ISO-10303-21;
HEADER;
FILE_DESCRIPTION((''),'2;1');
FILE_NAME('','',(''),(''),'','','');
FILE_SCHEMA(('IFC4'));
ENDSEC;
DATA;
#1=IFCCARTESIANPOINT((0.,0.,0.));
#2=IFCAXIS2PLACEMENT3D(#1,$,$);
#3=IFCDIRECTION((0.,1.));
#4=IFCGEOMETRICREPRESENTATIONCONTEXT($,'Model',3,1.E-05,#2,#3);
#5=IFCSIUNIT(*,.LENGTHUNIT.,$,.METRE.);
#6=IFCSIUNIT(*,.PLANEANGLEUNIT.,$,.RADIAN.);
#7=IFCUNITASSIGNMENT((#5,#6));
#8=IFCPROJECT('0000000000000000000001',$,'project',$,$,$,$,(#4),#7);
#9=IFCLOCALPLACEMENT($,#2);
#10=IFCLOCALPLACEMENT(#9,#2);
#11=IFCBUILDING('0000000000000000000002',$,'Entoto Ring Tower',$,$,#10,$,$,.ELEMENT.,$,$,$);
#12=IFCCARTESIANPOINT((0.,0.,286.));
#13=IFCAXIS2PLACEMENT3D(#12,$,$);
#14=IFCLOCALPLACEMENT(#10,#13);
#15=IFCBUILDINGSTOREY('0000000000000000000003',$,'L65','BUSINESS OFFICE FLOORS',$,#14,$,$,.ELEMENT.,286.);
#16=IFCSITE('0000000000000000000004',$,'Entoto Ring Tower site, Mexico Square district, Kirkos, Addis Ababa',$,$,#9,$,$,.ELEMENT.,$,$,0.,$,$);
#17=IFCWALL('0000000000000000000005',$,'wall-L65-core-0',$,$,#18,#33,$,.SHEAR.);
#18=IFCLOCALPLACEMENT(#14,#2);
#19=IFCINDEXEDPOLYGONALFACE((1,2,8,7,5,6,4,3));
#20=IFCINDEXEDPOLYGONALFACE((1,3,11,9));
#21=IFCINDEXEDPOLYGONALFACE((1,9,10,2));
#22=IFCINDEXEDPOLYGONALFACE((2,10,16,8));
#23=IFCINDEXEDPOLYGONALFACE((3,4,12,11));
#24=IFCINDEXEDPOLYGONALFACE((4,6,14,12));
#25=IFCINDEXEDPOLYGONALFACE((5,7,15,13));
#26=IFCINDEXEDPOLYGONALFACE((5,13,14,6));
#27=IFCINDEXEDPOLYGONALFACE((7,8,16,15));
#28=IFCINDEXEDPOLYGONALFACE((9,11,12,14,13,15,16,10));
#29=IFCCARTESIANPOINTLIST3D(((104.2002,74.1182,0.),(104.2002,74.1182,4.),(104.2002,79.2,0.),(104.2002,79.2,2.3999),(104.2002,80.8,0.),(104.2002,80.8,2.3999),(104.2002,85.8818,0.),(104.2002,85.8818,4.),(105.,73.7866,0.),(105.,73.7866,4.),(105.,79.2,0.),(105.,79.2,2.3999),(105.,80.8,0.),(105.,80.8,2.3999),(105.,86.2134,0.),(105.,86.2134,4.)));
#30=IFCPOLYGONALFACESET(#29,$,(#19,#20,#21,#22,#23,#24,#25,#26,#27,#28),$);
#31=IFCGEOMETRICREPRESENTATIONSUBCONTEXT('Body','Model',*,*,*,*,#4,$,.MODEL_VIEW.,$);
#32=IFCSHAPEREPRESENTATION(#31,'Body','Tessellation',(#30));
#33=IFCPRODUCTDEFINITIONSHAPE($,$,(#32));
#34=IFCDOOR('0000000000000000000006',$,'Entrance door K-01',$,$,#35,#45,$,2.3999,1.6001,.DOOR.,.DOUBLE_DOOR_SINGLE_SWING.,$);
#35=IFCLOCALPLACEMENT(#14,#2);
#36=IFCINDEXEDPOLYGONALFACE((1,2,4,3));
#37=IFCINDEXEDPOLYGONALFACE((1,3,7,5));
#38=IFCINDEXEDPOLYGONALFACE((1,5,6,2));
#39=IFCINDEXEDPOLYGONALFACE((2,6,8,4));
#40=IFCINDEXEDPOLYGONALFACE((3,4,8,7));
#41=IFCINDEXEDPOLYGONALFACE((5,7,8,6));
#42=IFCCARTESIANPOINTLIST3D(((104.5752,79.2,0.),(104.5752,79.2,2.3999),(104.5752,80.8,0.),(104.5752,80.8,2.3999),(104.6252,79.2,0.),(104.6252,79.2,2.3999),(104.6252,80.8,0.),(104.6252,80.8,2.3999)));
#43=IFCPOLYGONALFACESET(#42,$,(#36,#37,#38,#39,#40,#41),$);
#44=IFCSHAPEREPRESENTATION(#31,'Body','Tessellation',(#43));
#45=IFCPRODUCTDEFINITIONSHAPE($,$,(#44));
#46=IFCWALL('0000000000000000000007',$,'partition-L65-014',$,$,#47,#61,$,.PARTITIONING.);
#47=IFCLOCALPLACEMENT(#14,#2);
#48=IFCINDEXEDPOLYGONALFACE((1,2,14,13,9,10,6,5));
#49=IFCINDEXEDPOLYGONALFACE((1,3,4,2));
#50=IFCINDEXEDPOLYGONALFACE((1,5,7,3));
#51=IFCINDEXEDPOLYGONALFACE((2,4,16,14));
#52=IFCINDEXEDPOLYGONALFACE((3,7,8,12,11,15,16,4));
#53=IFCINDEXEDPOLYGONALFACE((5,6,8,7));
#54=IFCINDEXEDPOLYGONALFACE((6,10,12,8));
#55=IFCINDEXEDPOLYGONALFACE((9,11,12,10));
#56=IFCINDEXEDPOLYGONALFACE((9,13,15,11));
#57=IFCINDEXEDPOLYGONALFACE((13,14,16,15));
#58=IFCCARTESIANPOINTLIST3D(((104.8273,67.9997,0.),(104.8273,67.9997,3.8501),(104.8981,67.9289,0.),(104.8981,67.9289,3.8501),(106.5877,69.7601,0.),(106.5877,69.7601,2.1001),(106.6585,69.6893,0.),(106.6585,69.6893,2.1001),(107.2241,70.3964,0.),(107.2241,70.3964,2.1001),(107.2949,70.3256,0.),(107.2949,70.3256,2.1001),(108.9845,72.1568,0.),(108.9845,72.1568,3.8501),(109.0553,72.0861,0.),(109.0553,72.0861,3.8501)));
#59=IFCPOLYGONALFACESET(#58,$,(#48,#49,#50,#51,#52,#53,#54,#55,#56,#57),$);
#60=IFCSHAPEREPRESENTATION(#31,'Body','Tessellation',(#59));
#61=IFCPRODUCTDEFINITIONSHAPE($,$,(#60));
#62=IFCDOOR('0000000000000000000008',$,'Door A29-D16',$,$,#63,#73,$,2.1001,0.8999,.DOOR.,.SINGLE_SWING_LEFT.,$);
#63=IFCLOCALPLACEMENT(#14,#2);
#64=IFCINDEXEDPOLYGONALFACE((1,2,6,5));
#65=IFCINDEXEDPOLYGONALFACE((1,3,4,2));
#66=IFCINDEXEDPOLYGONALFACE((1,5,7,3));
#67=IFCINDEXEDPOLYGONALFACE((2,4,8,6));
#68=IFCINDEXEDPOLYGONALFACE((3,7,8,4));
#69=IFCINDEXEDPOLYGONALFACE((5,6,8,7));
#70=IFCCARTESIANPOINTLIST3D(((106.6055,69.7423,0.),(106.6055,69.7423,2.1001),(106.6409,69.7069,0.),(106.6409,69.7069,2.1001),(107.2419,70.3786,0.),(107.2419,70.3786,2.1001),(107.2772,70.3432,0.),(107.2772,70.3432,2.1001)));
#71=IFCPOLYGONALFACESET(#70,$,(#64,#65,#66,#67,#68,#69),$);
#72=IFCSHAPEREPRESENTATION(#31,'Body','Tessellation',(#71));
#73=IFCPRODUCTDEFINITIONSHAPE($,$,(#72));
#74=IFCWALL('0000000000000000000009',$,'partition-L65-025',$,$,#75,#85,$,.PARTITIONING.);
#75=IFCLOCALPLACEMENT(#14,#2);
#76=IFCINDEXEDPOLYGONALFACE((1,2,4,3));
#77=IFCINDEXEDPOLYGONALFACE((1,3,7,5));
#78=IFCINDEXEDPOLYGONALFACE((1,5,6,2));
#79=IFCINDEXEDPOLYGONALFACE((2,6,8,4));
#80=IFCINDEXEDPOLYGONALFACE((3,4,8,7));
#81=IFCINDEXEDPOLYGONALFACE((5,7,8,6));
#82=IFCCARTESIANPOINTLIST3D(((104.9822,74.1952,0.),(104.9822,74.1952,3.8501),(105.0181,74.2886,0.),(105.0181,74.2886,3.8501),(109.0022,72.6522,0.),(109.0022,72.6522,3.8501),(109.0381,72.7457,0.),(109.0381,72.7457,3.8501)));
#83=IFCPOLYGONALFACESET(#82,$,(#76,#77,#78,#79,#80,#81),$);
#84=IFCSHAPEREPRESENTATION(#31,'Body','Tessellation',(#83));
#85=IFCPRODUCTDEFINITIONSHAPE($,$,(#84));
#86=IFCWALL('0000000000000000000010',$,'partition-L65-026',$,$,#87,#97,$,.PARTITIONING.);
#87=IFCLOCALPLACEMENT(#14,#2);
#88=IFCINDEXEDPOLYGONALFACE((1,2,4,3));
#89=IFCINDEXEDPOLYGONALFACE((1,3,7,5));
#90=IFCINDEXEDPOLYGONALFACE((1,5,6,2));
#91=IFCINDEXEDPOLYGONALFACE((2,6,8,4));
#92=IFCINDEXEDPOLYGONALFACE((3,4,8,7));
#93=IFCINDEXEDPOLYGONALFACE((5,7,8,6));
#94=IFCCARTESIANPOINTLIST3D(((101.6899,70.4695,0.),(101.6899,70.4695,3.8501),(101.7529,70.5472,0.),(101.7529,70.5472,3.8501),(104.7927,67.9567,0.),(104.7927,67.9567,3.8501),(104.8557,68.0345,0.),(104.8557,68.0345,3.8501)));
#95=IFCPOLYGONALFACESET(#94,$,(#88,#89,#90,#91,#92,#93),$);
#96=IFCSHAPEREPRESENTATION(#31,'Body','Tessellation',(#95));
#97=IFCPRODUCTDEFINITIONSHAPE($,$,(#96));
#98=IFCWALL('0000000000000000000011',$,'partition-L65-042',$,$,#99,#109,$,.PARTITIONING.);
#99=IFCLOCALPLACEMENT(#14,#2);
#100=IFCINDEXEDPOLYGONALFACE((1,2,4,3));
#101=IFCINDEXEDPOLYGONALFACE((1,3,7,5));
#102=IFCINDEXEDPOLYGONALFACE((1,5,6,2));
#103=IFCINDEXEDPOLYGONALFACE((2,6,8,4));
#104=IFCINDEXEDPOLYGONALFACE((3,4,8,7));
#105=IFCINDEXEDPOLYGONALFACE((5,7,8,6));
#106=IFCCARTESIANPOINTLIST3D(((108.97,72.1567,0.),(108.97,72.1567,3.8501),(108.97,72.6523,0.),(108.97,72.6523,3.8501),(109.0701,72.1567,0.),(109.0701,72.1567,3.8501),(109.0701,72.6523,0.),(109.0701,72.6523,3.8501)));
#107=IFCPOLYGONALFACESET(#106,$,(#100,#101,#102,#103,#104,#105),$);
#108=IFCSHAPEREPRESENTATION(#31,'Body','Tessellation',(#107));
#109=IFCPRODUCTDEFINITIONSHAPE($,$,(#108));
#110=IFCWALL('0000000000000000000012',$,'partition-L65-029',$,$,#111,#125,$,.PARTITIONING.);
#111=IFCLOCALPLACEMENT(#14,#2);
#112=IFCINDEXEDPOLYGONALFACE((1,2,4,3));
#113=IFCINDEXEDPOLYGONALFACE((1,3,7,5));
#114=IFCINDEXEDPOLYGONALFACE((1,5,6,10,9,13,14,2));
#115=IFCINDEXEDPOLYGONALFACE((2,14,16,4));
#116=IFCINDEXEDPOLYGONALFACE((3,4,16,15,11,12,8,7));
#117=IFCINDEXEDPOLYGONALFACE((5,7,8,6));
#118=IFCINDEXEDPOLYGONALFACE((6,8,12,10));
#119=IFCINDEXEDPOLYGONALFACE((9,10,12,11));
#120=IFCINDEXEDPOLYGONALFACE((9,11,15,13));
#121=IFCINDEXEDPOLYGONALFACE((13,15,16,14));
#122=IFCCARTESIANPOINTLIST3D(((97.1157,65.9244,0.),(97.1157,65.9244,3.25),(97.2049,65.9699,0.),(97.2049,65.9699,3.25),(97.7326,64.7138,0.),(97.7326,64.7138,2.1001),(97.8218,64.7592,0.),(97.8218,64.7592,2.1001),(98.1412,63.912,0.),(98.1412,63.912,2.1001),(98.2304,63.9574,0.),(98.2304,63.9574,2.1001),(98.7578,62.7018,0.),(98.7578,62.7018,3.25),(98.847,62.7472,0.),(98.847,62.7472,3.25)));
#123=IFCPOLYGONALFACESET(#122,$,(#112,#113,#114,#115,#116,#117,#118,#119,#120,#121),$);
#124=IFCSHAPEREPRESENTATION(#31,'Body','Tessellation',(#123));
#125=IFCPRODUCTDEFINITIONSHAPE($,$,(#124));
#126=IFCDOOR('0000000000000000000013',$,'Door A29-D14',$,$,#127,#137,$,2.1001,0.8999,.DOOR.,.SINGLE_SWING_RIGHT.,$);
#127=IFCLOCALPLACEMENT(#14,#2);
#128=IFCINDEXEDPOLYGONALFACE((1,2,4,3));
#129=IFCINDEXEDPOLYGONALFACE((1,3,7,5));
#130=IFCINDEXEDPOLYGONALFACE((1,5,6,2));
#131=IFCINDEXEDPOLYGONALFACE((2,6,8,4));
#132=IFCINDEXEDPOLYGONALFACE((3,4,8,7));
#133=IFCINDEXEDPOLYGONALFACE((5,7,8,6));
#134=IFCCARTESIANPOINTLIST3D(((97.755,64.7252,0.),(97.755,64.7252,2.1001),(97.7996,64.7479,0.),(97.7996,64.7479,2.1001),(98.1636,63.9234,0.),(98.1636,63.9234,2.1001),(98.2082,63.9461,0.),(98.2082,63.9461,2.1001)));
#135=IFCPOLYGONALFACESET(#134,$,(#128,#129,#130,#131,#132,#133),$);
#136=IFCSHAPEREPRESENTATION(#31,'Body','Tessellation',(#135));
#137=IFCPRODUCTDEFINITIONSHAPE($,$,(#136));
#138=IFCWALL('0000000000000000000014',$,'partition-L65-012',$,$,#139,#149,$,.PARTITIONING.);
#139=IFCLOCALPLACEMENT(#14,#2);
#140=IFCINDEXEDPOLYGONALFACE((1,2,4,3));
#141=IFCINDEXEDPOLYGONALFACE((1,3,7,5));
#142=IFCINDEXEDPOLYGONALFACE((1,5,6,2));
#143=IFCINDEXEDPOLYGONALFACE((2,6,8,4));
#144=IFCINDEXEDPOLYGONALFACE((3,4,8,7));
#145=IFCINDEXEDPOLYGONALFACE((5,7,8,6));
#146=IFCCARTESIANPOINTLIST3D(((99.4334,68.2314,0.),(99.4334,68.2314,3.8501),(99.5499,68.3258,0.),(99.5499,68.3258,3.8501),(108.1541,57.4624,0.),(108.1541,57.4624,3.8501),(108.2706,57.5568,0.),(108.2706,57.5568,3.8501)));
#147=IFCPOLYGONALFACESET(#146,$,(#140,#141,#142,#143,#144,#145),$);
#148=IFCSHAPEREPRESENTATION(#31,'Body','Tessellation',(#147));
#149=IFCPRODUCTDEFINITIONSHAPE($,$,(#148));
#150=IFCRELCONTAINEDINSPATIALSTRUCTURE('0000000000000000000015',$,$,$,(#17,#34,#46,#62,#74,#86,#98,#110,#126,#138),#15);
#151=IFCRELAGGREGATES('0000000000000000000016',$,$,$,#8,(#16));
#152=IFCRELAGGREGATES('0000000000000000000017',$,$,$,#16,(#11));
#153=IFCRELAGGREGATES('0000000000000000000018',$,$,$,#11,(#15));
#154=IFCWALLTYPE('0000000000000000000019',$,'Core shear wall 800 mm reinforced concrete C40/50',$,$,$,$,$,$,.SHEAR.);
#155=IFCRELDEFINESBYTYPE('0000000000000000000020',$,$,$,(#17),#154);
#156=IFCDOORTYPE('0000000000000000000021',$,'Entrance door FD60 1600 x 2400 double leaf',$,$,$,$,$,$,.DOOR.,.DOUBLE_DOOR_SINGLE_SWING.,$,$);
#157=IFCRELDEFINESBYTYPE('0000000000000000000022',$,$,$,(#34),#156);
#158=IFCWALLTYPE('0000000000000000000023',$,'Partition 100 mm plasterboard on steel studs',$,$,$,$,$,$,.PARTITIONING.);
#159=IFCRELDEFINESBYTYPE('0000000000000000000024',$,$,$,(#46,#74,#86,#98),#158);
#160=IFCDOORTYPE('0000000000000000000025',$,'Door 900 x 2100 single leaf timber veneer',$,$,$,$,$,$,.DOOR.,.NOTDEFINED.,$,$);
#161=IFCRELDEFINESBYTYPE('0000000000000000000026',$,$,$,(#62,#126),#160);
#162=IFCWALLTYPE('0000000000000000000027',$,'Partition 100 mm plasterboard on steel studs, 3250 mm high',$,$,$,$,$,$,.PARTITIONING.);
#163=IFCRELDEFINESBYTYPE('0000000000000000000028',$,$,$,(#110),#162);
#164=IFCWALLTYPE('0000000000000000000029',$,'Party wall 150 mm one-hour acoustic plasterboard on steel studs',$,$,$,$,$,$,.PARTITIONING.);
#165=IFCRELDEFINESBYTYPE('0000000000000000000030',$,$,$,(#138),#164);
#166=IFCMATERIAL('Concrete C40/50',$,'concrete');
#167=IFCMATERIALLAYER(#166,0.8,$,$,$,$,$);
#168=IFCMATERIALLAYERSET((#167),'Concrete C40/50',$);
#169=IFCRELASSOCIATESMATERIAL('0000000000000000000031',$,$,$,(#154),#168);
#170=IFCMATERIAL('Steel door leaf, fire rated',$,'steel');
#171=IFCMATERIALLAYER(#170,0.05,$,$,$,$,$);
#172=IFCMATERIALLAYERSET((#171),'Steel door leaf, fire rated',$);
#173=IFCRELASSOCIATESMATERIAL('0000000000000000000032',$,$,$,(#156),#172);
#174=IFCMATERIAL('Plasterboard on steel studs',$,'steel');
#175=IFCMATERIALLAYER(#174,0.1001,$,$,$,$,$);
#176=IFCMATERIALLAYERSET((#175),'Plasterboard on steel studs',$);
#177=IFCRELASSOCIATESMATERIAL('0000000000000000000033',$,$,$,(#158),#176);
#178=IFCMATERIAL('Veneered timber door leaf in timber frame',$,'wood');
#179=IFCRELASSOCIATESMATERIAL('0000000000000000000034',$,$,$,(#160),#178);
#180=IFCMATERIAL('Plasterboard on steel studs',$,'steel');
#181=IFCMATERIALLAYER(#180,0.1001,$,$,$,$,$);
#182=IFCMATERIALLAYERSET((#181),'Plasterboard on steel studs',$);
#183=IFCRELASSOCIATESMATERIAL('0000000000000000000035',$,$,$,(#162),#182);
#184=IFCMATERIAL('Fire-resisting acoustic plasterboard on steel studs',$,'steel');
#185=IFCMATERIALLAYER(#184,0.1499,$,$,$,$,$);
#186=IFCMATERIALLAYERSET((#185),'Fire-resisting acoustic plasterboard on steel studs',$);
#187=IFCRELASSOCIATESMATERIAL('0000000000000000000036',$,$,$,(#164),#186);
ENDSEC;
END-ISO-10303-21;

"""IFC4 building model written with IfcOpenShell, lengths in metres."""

from ifc_helpers import new_model, si_unit, direction, frame, frame_2d, origin, place, context, subcontext, project, spatial, polyline, rectangle, outline, extrude, material, layer, layer_set, type_object, element, fill, save


model = new_model("IFC4")

# Units and contexts
model_context = context("Model", 3, precision=1e-05, world=origin(), true_north=direction((0.0, 1.0)))
body_context = subcontext(model_context, "Body", "Model", "MODEL_VIEW")
ifc_project = project(units=[si_unit("LENGTHUNIT", "METRE"), si_unit("PLANEANGLEUNIT", "RADIAN")], contexts=[model_context])

# Site, building, storey
site_placement = place(None, origin())
site = spatial("IfcSite", under=ifc_project, at=site_placement, Name="Entoto Ring Tower site, Mexico Square district, Kirkos, Addis Ababa", CompositionType="ELEMENT", RefElevation=0.0)
building_placement = place(site_placement, origin())
building = spatial("IfcBuilding", under=site, at=building_placement, Name="Entoto Ring Tower", CompositionType="ELEMENT")
storey_placement = place(building_placement, frame((0.0, 0.0, 286.0)))
storey = spatial("IfcBuildingStorey", under=building, at=storey_placement, Name="L65", Description="BUSINESS OFFICE FLOORS", CompositionType="ELEMENT", Elevation=286.0)

# Walls, openings, doors
ifc_material_1 = material(Name="Concrete C40/50", Category="concrete")
ifc_layer_1 = layer(ifc_material_1, 0.8)
ifc_layer_set_1 = layer_set([ifc_layer_1], Name="Concrete C40/50")
wall_type_1 = type_object("IfcWallType", Name="Core shear wall 800 mm reinforced concrete C40/50", PredefinedType="SHEAR", material=ifc_layer_set_1)
wall_1_placement = place(storey_placement, frame((104.6001, 73.9524, 0.0), z_axis=(0.0, 0.0, 1.0), x_axis=(0.0, 1.0, 0.0)))
wall_1 = element("IfcWall", 1, at=wall_1_placement, inside=storey, type_object=wall_type_1, Name="wall-L65-core-0", PredefinedType="SHEAR", context=body_context, shape_type="SweptSolid", body=[
    extrude(outline(polyline([(-0.1658, -0.3999), (12.261, -0.3999), (11.9294, 0.3999), (0.1658, 0.3999), (-0.1658, -0.3999)])), origin(), (0.0, 0.0, 1.0), 4.0),
])
opening_1_placement = place(wall_1_placement, frame((5.2476, 0.0, 0.0)))
opening_1 = element("IfcOpeningElement", 2, at=opening_1_placement, cuts=wall_1, PredefinedType="OPENING", context=body_context, shape_type="SweptSolid", body=[
    extrude(rectangle(XDim=1.6001, YDim=2.3999, at=frame_2d((0.8, 1.2))), frame((0.0, 0.4102, 0.0), z_axis=(0.0, -1.0, 0.0), x_axis=(1.0, 0.0, 0.0)), (0.0, 0.0, 1.0), 0.8201),
])
ifc_material_2 = material(Name="Steel door leaf, fire rated", Category="steel")
ifc_layer_2 = layer(ifc_material_2, 0.05)
ifc_layer_set_2 = layer_set([ifc_layer_2], Name="Steel door leaf, fire rated")
door_type_1 = type_object("IfcDoorType", Name="Entrance door FD60 1600 x 2400 double leaf", OperationType="DOUBLE_DOOR_SINGLE_SWING", PredefinedType="DOOR", material=ifc_layer_set_2)
door_1_placement = place(opening_1_placement, origin())
door_1 = element("IfcDoor", 3, at=door_1_placement, inside=storey, type_object=door_type_1, Name="Entrance door K-01", OperationType="DOUBLE_DOOR_SINGLE_SWING", OverallHeight=2.3999, OverallWidth=1.6001, PredefinedType="DOOR", context=body_context, shape_type="SweptSolid", body=[
    extrude(rectangle(XDim=1.6001, YDim=2.3999, at=frame_2d((0.8, 1.2))), frame((0.0, 0.0249, 0.0), z_axis=(0.0, -1.0, 0.0), x_axis=(1.0, 0.0, 0.0)), (0.0, 0.0, 1.0), 0.05),
])
fill(opening_1, door_1)
ifc_material_3 = material(Name="Plasterboard on steel studs", Category="steel")
ifc_layer_3 = layer(ifc_material_3, 0.1001)
ifc_layer_set_3 = layer_set([ifc_layer_3], Name="Plasterboard on steel studs")
wall_type_2 = type_object("IfcWallType", Name="Partition 100 mm plasterboard on steel studs", PredefinedType="PARTITIONING", material=ifc_layer_set_3)
wall_2_placement = place(storey_placement, frame((104.8628, 67.9644, 0.0), z_axis=(0.0, 0.0, 1.0), x_axis=(0.707107, 0.707107, 0.0)))
wall_2 = element("IfcWall", 4, at=wall_2_placement, inside=storey, type_object=wall_type_2, Name="partition-L65-014", PredefinedType="PARTITIONING", context=body_context, shape_type="SweptSolid", body=[
    extrude(rectangle(XDim=5.8792, YDim=0.1001, at=frame_2d((2.9395, 0.0))), origin(), (0.0, 0.0, 1.0), 3.8501),
])
opening_2_placement = place(wall_2_placement, frame((2.4895, 0.0, 0.0)))
opening_2 = element("IfcOpeningElement", 5, at=opening_2_placement, cuts=wall_2, PredefinedType="OPENING", context=body_context, shape_type="SweptSolid", body=[
    extrude(rectangle(XDim=0.8999, YDim=2.1001, at=frame_2d((0.45, 1.05))), frame((0.0, 0.0601, 0.0), z_axis=(0.0, -1.0, 0.0), x_axis=(1.0, 0.0, 0.0)), (0.0, 0.0, 1.0), 0.1201),
])
ifc_material_4 = material(Name="Veneered timber door leaf in timber frame", Category="wood")
door_type_2 = type_object("IfcDoorType", Name="Door 900 x 2100 single leaf timber veneer", OperationType="NOTDEFINED", PredefinedType="DOOR", material=ifc_material_4)
door_2_placement = place(opening_2_placement, origin())
door_2 = element("IfcDoor", 6, at=door_2_placement, inside=storey, type_object=door_type_2, Name="Door A29-D16", OperationType="SINGLE_SWING_LEFT", OverallHeight=2.1001, OverallWidth=0.8999, PredefinedType="DOOR", context=body_context, shape_type="SweptSolid", body=[
    extrude(rectangle(XDim=0.8999, YDim=2.1001, at=frame_2d((0.45, 1.05))), frame((0.0, 0.0249, 0.0), z_axis=(0.0, -1.0, 0.0), x_axis=(1.0, 0.0, 0.0)), (0.0, 0.0, 1.0), 0.05),
])
fill(opening_2, door_2)

# Walls
wall_3_placement = place(storey_placement, frame((109.02, 72.699, 0.0), z_axis=(0.0, 0.0, 1.0), x_axis=(-0.933594, 0.358333, 0.0)))
element("IfcWall", 7, at=wall_3_placement, inside=storey, type_object=wall_type_2, Name="partition-L65-025", PredefinedType="PARTITIONING", context=body_context, shape_type="SweptSolid", body=[
    extrude(rectangle(XDim=4.3059, YDim=0.1001, at=frame_2d((2.1528, 0.0))), origin(), (0.0, 0.0, 1.0), 3.8501),
])
wall_4_placement = place(storey_placement, frame((104.8242, 67.9956, 0.0), z_axis=(0.0, 0.0, 1.0), x_axis=(-0.777132, 0.629337, 0.0)))
element("IfcWall", 8, at=wall_4_placement, inside=storey, type_object=wall_type_2, Name="partition-L65-026", PredefinedType="PARTITIONING", context=body_context, shape_type="SweptSolid", body=[
    extrude(rectangle(XDim=3.9927, YDim=0.1001, at=frame_2d((1.9963, 0.0))), origin(), (0.0, 0.0, 1.0), 3.8501),
])
wall_5_placement = place(storey_placement, frame((109.02, 72.1567, 0.0), z_axis=(0.0, 0.0, 1.0), x_axis=(0.0, 1.0, 0.0)))
element("IfcWall", 9, at=wall_5_placement, inside=storey, type_object=wall_type_2, Name="partition-L65-042", PredefinedType="PARTITIONING", context=body_context, shape_type="SweptSolid", body=[
    extrude(rectangle(XDim=0.4956, YDim=0.1001, at=frame_2d((0.2478, 0.0))), origin(), (0.0, 0.0, 1.0), 3.8501),
])

# Wall, opening, door
ifc_material_5 = material(Name="Plasterboard on steel studs", Category="steel")
ifc_layer_4 = layer(ifc_material_5, 0.1001)
ifc_layer_set_4 = layer_set([ifc_layer_4], Name="Plasterboard on steel studs")
wall_type_3 = type_object("IfcWallType", Name="Partition 100 mm plasterboard on steel studs, 3250 mm high", PredefinedType="PARTITIONING", material=ifc_layer_set_4)
wall_6_placement = place(storey_placement, frame((98.8025, 62.7244, 0.0), z_axis=(0.0, 0.0, 1.0), x_axis=(-0.454005, 0.890999, 0.0)))
wall_6 = element("IfcWall", 10, at=wall_6_placement, inside=storey, type_object=wall_type_3, Name="partition-L65-029", PredefinedType="PARTITIONING", context=body_context, shape_type="SweptSolid", body=[
    extrude(rectangle(XDim=3.6169, YDim=0.1001, at=frame_2d((1.8086, 0.0))), origin(), (0.0, 0.0, 1.0), 3.25),
])
opening_3_placement = place(wall_6_placement, frame((1.3584, 0.0, 0.0)))
opening_3 = element("IfcOpeningElement", 11, at=opening_3_placement, cuts=wall_6, PredefinedType="OPENING", context=body_context, shape_type="SweptSolid", body=[
    extrude(rectangle(XDim=0.8999, YDim=2.1001, at=frame_2d((0.45, 1.05))), frame((0.0, 0.0601, 0.0), z_axis=(0.0, -1.0, 0.0), x_axis=(1.0, 0.0, 0.0)), (0.0, 0.0, 1.0), 0.1201),
])
door_3_placement = place(opening_3_placement, origin())
door_3 = element("IfcDoor", 12, at=door_3_placement, inside=storey, type_object=door_type_2, Name="Door A29-D14", OperationType="SINGLE_SWING_RIGHT", OverallHeight=2.1001, OverallWidth=0.8999, PredefinedType="DOOR", context=body_context, shape_type="SweptSolid", body=[
    extrude(rectangle(XDim=0.8999, YDim=2.1001, at=frame_2d((0.45, 1.05))), frame((0.0, 0.0249, 0.0), z_axis=(0.0, -1.0, 0.0), x_axis=(1.0, 0.0, 0.0)), (0.0, 0.0, 1.0), 0.05),
])
fill(opening_3, door_3)

# Wall
ifc_material_6 = material(Name="Fire-resisting acoustic plasterboard on steel studs", Category="steel")
ifc_layer_5 = layer(ifc_material_6, 0.1499)
ifc_layer_set_5 = layer_set([ifc_layer_5], Name="Fire-resisting acoustic plasterboard on steel studs")
wall_type_4 = type_object("IfcWallType", Name="Party wall 150 mm one-hour acoustic plasterboard on steel studs", PredefinedType="PARTITIONING", material=ifc_layer_set_5)
wall_7_placement = place(storey_placement, frame((108.2124, 57.5095, 0.0), z_axis=(0.0, 0.0, 1.0), x_axis=(-0.629325, 0.777142, 0.0)))
element("IfcWall", 13, at=wall_7_placement, inside=storey, type_object=wall_type_4, Name="partition-L65-012", PredefinedType="PARTITIONING", context=body_context, shape_type="SweptSolid", body=[
    extrude(rectangle(XDim=13.8572, YDim=0.1499, at=frame_2d((6.9287, 0.0))), origin(), (0.0, 0.0, 1.0), 3.8501),
])

save(model, "model.ifc")
